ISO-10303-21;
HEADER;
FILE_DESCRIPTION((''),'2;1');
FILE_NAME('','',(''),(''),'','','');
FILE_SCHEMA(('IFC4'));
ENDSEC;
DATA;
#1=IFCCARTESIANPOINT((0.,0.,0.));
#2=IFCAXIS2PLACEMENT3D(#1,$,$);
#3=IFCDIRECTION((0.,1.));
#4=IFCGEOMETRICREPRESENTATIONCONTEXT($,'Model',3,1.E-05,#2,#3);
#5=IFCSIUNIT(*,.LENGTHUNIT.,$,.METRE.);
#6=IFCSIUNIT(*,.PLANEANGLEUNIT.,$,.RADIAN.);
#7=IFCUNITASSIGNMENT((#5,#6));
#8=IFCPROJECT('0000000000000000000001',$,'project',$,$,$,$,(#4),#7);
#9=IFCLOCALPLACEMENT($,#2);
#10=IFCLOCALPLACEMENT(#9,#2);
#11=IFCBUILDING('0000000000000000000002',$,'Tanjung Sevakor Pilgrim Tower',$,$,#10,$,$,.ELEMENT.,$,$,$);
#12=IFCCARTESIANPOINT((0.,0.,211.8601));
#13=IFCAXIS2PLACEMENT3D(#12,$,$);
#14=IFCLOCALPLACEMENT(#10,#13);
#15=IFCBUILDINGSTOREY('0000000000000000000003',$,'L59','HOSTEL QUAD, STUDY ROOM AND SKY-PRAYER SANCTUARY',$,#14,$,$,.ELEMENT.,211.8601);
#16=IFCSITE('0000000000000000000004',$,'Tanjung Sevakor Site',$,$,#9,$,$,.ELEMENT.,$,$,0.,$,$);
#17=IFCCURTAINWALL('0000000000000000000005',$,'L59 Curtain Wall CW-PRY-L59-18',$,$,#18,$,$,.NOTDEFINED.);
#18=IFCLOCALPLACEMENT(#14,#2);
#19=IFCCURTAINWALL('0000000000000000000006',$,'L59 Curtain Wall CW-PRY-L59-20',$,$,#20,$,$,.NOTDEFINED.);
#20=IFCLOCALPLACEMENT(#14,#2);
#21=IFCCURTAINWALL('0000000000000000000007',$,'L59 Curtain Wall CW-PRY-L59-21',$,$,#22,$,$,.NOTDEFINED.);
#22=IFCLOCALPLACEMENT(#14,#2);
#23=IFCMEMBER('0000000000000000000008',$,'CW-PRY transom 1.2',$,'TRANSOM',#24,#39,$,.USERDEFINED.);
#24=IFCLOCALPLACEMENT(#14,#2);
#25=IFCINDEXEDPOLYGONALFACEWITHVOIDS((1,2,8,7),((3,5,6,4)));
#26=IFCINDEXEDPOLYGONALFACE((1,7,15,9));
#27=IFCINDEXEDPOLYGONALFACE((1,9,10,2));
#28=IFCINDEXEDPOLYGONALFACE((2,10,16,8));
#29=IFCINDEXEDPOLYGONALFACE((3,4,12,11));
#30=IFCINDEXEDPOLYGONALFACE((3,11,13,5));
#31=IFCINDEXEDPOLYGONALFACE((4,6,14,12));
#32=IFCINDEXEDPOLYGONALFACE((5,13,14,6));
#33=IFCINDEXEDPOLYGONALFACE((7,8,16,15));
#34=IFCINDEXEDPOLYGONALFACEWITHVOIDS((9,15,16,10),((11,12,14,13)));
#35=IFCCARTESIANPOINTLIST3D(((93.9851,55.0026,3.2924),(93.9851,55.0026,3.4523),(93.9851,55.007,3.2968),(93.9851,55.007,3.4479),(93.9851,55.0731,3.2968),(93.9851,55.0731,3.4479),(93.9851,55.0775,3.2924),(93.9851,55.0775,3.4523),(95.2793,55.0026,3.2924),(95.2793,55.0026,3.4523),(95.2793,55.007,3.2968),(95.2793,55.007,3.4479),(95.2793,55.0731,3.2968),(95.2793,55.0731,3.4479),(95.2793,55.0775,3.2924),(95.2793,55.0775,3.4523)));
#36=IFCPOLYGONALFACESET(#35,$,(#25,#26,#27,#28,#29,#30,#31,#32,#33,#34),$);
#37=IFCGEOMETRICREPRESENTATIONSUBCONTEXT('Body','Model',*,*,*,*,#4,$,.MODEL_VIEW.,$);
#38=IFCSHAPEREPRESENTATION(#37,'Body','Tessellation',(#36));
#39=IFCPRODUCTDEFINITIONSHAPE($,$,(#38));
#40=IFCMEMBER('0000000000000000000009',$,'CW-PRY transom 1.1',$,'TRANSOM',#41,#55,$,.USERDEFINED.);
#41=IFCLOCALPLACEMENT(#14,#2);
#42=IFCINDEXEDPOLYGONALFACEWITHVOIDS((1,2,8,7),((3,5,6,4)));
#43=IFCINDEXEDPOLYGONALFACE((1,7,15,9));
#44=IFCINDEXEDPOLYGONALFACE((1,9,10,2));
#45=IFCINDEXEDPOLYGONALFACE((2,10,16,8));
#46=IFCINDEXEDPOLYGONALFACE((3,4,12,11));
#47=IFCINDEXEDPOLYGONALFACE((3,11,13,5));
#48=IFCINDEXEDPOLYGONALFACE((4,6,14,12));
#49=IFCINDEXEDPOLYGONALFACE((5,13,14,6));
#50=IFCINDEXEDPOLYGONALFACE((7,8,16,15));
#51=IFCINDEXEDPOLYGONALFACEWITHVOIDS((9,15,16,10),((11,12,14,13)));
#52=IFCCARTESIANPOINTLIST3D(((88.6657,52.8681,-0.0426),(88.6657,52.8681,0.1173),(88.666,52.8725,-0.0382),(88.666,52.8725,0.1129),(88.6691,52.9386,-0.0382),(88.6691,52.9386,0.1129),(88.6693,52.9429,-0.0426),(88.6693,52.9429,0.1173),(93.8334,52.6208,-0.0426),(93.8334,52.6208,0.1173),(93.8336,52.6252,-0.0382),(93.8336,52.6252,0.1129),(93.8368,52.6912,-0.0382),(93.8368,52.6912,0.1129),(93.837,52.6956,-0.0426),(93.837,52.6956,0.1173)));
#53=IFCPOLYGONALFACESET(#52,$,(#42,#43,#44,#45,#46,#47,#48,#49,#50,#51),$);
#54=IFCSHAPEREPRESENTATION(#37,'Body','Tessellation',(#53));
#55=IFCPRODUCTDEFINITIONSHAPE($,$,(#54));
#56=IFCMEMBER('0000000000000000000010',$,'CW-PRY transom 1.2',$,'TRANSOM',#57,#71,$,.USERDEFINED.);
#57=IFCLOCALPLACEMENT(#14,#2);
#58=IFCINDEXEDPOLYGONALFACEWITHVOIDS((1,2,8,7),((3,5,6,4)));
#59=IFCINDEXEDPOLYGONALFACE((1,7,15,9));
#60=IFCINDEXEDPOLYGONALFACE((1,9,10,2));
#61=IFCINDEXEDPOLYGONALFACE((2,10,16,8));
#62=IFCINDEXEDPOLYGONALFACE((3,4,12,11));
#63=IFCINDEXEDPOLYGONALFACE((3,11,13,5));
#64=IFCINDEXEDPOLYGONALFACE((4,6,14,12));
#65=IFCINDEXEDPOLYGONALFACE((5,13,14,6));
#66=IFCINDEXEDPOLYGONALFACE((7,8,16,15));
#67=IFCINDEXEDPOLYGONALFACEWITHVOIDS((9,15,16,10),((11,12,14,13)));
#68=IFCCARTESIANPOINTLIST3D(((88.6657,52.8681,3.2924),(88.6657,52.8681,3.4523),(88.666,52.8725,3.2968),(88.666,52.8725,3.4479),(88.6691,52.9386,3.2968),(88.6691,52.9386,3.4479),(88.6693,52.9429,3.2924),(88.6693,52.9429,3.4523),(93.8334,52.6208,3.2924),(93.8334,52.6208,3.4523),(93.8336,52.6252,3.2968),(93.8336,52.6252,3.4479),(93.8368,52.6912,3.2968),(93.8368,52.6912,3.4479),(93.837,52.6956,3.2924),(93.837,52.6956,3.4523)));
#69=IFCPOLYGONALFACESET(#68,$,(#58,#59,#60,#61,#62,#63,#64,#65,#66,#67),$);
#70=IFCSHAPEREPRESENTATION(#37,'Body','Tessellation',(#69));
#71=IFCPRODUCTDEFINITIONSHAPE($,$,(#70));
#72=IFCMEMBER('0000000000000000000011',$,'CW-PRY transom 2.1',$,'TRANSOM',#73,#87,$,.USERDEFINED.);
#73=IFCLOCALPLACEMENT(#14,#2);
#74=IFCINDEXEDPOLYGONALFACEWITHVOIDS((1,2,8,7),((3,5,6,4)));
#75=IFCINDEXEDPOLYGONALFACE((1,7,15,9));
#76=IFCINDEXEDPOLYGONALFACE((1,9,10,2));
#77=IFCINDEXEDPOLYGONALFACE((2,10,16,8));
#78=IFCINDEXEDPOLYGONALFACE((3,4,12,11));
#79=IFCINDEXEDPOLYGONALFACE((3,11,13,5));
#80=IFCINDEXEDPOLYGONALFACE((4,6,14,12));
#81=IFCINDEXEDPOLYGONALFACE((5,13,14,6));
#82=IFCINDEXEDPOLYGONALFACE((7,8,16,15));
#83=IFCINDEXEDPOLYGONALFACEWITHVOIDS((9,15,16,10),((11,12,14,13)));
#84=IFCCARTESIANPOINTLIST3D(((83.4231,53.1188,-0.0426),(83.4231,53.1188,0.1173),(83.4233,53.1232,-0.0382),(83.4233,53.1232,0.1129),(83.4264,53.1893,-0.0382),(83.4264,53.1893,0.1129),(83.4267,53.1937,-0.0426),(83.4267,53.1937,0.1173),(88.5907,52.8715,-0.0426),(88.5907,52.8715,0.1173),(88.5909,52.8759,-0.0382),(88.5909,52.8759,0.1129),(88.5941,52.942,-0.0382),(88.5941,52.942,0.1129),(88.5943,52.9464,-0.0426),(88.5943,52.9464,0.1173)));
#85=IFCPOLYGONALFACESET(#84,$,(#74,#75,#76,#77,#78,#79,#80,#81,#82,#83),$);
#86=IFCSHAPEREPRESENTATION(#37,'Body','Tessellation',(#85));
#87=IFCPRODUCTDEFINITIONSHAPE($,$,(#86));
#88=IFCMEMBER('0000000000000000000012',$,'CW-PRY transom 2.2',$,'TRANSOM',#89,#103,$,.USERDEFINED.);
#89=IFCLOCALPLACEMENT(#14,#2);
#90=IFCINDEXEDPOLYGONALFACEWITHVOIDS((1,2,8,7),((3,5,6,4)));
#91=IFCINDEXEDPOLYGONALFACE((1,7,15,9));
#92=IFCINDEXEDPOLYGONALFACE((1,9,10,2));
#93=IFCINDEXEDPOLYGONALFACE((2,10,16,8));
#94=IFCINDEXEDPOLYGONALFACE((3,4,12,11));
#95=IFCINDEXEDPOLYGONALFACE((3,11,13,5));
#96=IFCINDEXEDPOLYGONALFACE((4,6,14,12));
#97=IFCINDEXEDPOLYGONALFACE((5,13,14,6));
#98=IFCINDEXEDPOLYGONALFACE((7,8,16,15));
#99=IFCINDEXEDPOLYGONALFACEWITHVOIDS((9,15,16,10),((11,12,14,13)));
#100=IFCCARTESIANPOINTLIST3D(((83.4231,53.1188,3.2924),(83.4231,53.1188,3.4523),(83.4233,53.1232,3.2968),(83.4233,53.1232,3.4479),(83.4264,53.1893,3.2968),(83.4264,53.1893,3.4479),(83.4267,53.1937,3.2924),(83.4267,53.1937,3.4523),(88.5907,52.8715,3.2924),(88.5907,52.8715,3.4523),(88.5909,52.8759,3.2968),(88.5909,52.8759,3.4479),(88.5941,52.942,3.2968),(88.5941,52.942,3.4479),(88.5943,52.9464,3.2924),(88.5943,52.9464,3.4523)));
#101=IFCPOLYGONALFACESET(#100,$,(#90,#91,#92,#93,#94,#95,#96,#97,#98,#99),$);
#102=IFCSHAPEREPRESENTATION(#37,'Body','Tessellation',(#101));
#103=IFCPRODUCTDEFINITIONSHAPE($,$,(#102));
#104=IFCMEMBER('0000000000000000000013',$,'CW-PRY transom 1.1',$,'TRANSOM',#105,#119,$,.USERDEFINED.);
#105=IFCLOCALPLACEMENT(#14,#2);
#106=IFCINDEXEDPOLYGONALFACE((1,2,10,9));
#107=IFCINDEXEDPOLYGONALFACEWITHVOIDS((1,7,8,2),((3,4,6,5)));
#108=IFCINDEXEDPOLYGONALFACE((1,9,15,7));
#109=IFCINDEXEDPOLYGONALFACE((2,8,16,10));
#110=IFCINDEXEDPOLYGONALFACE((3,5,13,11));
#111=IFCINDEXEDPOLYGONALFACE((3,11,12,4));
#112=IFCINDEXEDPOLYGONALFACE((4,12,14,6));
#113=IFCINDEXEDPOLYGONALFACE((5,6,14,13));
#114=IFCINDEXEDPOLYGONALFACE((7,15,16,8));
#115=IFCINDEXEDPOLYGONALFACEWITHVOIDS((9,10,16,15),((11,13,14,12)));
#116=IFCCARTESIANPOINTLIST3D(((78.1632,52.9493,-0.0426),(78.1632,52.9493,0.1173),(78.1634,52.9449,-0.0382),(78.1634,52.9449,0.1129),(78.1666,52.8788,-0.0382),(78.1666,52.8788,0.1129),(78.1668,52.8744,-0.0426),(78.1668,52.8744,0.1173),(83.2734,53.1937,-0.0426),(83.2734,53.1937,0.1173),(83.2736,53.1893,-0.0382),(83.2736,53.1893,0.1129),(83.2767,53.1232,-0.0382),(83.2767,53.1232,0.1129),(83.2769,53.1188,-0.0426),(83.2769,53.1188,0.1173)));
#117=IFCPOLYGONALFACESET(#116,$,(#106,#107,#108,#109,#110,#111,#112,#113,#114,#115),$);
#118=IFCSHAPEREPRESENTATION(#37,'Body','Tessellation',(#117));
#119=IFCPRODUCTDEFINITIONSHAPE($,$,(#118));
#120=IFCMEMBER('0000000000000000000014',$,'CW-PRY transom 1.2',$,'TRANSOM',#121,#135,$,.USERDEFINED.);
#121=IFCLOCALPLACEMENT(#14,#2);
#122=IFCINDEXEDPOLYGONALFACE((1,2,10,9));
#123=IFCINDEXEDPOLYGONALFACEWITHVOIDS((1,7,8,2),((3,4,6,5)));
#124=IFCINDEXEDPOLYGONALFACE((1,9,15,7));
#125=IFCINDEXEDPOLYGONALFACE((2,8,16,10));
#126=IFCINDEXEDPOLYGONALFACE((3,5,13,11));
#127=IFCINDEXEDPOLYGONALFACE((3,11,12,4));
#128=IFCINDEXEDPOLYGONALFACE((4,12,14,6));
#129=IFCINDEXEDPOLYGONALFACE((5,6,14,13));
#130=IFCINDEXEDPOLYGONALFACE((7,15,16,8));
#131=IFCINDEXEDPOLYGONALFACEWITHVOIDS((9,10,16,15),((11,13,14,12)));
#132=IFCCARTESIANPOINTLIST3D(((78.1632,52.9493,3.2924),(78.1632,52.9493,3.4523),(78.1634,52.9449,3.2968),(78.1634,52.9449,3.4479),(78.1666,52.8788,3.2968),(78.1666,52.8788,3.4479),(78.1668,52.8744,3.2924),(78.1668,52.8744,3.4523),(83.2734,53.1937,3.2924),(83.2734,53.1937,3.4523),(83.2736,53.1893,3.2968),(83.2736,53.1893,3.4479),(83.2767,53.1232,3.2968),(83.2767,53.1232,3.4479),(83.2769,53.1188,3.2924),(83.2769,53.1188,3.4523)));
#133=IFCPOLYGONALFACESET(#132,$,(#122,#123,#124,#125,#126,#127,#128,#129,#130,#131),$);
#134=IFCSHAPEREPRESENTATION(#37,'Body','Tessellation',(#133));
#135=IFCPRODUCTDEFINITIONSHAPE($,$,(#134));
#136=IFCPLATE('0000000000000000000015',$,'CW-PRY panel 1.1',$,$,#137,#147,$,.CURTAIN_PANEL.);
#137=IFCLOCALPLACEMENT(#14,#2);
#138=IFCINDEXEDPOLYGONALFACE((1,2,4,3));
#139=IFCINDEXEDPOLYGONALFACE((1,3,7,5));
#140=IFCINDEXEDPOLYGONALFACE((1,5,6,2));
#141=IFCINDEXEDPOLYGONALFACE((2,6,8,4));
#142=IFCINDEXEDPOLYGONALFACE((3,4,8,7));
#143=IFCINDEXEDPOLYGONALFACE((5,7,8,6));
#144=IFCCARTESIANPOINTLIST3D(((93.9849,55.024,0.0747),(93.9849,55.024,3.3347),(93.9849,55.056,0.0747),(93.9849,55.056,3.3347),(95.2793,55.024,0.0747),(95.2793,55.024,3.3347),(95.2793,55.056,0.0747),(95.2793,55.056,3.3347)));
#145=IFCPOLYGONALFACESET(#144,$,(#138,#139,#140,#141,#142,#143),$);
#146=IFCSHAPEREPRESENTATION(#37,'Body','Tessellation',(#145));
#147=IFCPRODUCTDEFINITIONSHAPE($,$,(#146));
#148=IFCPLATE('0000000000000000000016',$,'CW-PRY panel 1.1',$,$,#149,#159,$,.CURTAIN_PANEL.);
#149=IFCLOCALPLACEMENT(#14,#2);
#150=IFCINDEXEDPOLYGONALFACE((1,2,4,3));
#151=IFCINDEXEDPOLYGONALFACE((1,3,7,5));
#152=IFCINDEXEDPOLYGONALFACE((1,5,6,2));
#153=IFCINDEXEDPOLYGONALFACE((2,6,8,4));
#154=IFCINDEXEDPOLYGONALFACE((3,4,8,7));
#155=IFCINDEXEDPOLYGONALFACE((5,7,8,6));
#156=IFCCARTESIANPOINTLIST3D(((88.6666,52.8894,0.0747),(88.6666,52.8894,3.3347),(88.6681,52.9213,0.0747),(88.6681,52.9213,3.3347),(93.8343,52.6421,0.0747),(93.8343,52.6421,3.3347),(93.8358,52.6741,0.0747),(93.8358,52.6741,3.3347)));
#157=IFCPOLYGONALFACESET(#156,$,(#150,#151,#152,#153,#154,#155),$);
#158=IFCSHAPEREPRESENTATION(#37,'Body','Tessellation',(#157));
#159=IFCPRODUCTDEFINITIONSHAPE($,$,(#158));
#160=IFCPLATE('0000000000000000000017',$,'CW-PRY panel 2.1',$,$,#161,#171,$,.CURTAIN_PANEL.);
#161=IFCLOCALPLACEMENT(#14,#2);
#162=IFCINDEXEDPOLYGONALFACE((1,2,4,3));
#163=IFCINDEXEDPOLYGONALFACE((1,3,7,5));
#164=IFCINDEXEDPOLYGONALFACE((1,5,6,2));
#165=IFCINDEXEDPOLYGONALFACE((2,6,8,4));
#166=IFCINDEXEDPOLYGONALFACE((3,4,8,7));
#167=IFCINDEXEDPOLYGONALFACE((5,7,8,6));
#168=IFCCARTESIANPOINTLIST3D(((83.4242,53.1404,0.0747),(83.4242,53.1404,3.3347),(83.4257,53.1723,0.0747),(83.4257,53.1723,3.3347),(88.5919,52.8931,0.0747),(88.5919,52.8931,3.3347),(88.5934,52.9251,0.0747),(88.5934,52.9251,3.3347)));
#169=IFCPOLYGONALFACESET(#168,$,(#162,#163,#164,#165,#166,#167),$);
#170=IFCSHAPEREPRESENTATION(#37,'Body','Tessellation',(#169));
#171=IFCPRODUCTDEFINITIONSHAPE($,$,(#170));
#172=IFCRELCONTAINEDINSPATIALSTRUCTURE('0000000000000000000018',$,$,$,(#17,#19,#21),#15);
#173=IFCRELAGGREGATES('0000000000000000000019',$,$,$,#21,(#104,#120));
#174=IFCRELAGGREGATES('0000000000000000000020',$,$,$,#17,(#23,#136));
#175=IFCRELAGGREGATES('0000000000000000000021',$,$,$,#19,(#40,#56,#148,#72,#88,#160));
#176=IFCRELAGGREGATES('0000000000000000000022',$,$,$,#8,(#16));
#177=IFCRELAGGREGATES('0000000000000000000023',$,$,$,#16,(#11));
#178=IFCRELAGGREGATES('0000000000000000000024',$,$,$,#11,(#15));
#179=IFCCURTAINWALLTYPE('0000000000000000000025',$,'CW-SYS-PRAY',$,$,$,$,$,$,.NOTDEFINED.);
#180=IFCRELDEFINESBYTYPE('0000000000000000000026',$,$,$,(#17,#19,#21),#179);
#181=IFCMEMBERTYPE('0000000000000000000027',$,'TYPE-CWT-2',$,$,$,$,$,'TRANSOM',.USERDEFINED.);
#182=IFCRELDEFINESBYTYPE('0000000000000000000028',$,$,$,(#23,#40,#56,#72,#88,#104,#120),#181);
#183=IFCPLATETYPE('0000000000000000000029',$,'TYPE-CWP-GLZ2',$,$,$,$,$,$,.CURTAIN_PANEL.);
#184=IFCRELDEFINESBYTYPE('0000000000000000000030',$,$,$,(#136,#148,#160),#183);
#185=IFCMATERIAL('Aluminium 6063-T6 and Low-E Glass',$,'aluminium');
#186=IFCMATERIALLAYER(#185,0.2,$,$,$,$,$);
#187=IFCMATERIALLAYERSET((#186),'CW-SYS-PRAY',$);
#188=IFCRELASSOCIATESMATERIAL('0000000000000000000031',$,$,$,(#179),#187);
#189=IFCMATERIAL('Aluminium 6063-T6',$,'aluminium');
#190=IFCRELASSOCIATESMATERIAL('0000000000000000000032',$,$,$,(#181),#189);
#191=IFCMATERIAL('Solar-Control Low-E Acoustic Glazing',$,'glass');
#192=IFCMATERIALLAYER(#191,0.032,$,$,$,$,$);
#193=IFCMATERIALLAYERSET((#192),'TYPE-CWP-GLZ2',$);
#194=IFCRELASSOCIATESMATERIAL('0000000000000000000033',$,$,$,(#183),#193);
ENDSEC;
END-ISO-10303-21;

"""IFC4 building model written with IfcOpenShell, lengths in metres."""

from ifc_helpers import new_model, si_unit, direction, frame, origin, origin_2d, place, context, subcontext, project, spatial, rectangle, hollow_rectangle, extrude, material, layer, layer_set, material_profile, profile_set, type_object, element, aggregate, save


model = new_model("IFC4")

# Units and contexts
model_context = context("Model", 3, precision=1e-05, world=origin(), true_north=direction((0.0, 1.0)))
body_context = subcontext(model_context, "Body", "Model", "MODEL_VIEW")
ifc_project = project(units=[si_unit("LENGTHUNIT", "METRE"), si_unit("PLANEANGLEUNIT", "RADIAN")], contexts=[model_context])

# Site, building, storey
site_placement = place(None, origin())
site = spatial("IfcSite", under=ifc_project, at=site_placement, Name="Tanjung Sevakor Site", CompositionType="ELEMENT", RefElevation=0.0)
building_placement = place(site_placement, origin())
building = spatial("IfcBuilding", under=site, at=building_placement, Name="Tanjung Sevakor Pilgrim Tower", CompositionType="ELEMENT")
storey_placement = place(building_placement, frame((0.0, 0.0, 211.8601)))
storey = spatial("IfcBuildingStorey", under=building, at=storey_placement, Name="L59", Description="HOSTEL QUAD, STUDY ROOM AND SKY-PRAYER SANCTUARY", CompositionType="ELEMENT", Elevation=211.8601)

# Curtain walls
ifc_material_1 = material(Name="Aluminium 6063-T6 and Low-E Glass", Category="aluminium")
ifc_layer_1 = layer(ifc_material_1, 0.2)
ifc_layer_set_1 = layer_set([ifc_layer_1], Name="CW-SYS-PRAY")
curtain_wall_type = type_object("IfcCurtainWallType", Name="CW-SYS-PRAY", PredefinedType="NOTDEFINED", material=ifc_layer_set_1)
curtain_wall_1_placement = place(storey_placement, origin())
curtain_wall_1 = element("IfcCurtainWall", 1, at=curtain_wall_1_placement, inside=storey, type_object=curtain_wall_type, Name="L59 Curtain Wall CW-PRY-L59-18", PredefinedType="NOTDEFINED")
curtain_wall_2_placement = place(storey_placement, origin())
curtain_wall_2 = element("IfcCurtainWall", 2, at=curtain_wall_2_placement, inside=storey, type_object=curtain_wall_type, Name="L59 Curtain Wall CW-PRY-L59-20", PredefinedType="NOTDEFINED")

# Curtain wall
curtain_wall_3_placement = place(storey_placement, origin())
curtain_wall_3 = element("IfcCurtainWall", 3, at=curtain_wall_3_placement, inside=storey, type_object=curtain_wall_type, Name="L59 Curtain Wall CW-PRY-L59-21", PredefinedType="NOTDEFINED")

# Members
ifc_material_2 = material(Name="Aluminium 6063-T6", Category="aluminium")
ifc_material_profile_1 = material_profile(ifc_material_2, hollow_rectangle(XDim=0.075, YDim=0.1599, WallThickness=0.0044, at=origin_2d()))
ifc_profile_set_1 = profile_set([ifc_material_profile_1], Name="Aluminium 6063-T6")
member_type_1 = type_object("IfcMemberType", Name="TYPE-CWT-2", ElementType="TRANSOM", PredefinedType="USERDEFINED", material=ifc_profile_set_1)
member_1_placement = place(storey_placement, frame((95.2793, 55.04, 3.3723), z_axis=(-1.0, 0.0, 0.0), x_axis=(0.0, -1.0, 0.0)))
member_1 = element("IfcMember", 4, at=member_1_placement, type_object=member_type_1, Name="CW-PRY transom 1.2", ObjectType="TRANSOM", PredefinedType="USERDEFINED", context=body_context, shape_type="SweptSolid", body=[
    extrude(hollow_rectangle(XDim=0.075, YDim=0.1599, WallThickness=0.0044, at=origin_2d()), origin(), (0.0, 0.0, 1.0), 1.2942),
])
member_2_placement = place(storey_placement, frame((93.8352, 52.6582, 0.0374), z_axis=(-0.998857, 0.047803, 0.0), x_axis=(-0.047803, -0.998857, 0.0)))
member_2 = element("IfcMember", 5, at=member_2_placement, type_object=member_type_1, Name="CW-PRY transom 1.1", ObjectType="TRANSOM", PredefinedType="USERDEFINED", context=body_context, shape_type="SweptSolid", body=[
    extrude(hollow_rectangle(XDim=0.075, YDim=0.1599, WallThickness=0.0044, at=origin_2d()), origin(), (0.0, 0.0, 1.0), 5.1736),
])
member_3_placement = place(storey_placement, frame((93.8352, 52.6582, 3.3723), z_axis=(-0.998857, 0.047803, 0.0), x_axis=(-0.047803, -0.998857, 0.0)))
member_3 = element("IfcMember", 6, at=member_3_placement, type_object=member_type_1, Name="CW-PRY transom 1.2", ObjectType="TRANSOM", PredefinedType="USERDEFINED", context=body_context, shape_type="SweptSolid", body=[
    extrude(hollow_rectangle(XDim=0.075, YDim=0.1599, WallThickness=0.0044, at=origin_2d()), origin(), (0.0, 0.0, 1.0), 5.1736),
])
member_4_placement = place(storey_placement, frame((88.5925, 52.9089, 0.0374), z_axis=(-0.998857, 0.047803, 0.0), x_axis=(-0.047803, -0.998857, 0.0)))
member_4 = element("IfcMember", 7, at=member_4_placement, type_object=member_type_1, Name="CW-PRY transom 2.1", ObjectType="TRANSOM", PredefinedType="USERDEFINED", context=body_context, shape_type="SweptSolid", body=[
    extrude(hollow_rectangle(XDim=0.075, YDim=0.1599, WallThickness=0.0044, at=origin_2d()), origin(), (0.0, 0.0, 1.0), 5.1736),
])
member_5_placement = place(storey_placement, frame((88.5925, 52.9089, 3.3723), z_axis=(-0.998857, 0.047803, 0.0), x_axis=(-0.047803, -0.998857, 0.0)))
member_5 = element("IfcMember", 8, at=member_5_placement, type_object=member_type_1, Name="CW-PRY transom 2.2", ObjectType="TRANSOM", PredefinedType="USERDEFINED", context=body_context, shape_type="SweptSolid", body=[
    extrude(hollow_rectangle(XDim=0.075, YDim=0.1599, WallThickness=0.0044, at=origin_2d()), origin(), (0.0, 0.0, 1.0), 5.1736),
])
member_6_placement = place(storey_placement, frame((83.2751, 53.1562, 0.0374), z_axis=(-0.998858, -0.047769, 0.0), x_axis=(0.047769, -0.998858, 0.0)))
member_6 = element("IfcMember", 9, at=member_6_placement, type_object=member_type_1, Name="CW-PRY transom 1.1", ObjectType="TRANSOM", PredefinedType="USERDEFINED", context=body_context, shape_type="SweptSolid", body=[
    extrude(hollow_rectangle(XDim=0.075, YDim=0.1599, WallThickness=0.0044, at=origin_2d()), origin(), (0.0, 0.0, 1.0), 5.116),
])
member_7_placement = place(storey_placement, frame((83.2751, 53.1562, 3.3723), z_axis=(-0.998858, -0.047769, 0.0), x_axis=(0.047769, -0.998858, 0.0)))
member_7 = element("IfcMember", 10, at=member_7_placement, type_object=member_type_1, Name="CW-PRY transom 1.2", ObjectType="TRANSOM", PredefinedType="USERDEFINED", context=body_context, shape_type="SweptSolid", body=[
    extrude(hollow_rectangle(XDim=0.075, YDim=0.1599, WallThickness=0.0044, at=origin_2d()), origin(), (0.0, 0.0, 1.0), 5.116),
])
aggregate(curtain_wall_3, [member_6, member_7])

# Plates
ifc_material_3 = material(Name="Solar-Control Low-E Acoustic Glazing", Category="glass")
ifc_layer_2 = layer(ifc_material_3, 0.032)
ifc_layer_set_2 = layer_set([ifc_layer_2], Name="TYPE-CWP-GLZ2")
plate_type = type_object("IfcPlateType", Name="TYPE-CWP-GLZ2", PredefinedType="CURTAIN_PANEL", material=ifc_layer_set_2)
plate_1_placement = place(storey_placement, frame((94.6321, 55.04, 0.0747), z_axis=(0.0, 0.0, 1.0), x_axis=(-1.0, 0.0, 0.0)))
plate_1 = element("IfcPlate", 11, at=plate_1_placement, type_object=plate_type, Name="CW-PRY panel 1.1", PredefinedType="CURTAIN_PANEL", context=body_context, shape_type="SweptSolid", body=[
    extrude(rectangle(XDim=1.2944, YDim=0.032, at=origin_2d()), origin(), (0.0, 0.0, 1.0), 3.26),
])
aggregate(curtain_wall_1, [member_1, plate_1])
plate_2_placement = place(storey_placement, frame((91.2512, 52.7817, 0.0747), z_axis=(0.0, 0.0, 1.0), x_axis=(-0.998857, 0.047796, 0.0)))
plate_2 = element("IfcPlate", 12, at=plate_2_placement, type_object=plate_type, Name="CW-PRY panel 1.1", PredefinedType="CURTAIN_PANEL", context=body_context, shape_type="SweptSolid", body=[
    extrude(rectangle(XDim=5.1736, YDim=0.032, at=origin_2d()), origin(), (0.0, 0.0, 1.0), 3.26),
])
plate_3_placement = place(storey_placement, frame((86.0088, 53.0327, 0.0747), z_axis=(0.0, 0.0, 1.0), x_axis=(-0.998857, 0.047796, 0.0)))
plate_3 = element("IfcPlate", 13, at=plate_3_placement, type_object=plate_type, Name="CW-PRY panel 2.1", PredefinedType="CURTAIN_PANEL", context=body_context, shape_type="SweptSolid", body=[
    extrude(rectangle(XDim=5.1736, YDim=0.032, at=origin_2d()), origin(), (0.0, 0.0, 1.0), 3.26),
])
aggregate(curtain_wall_2, [member_2, member_3, plate_2, member_4, member_5, plate_3])

save(model, "model.ifc")
